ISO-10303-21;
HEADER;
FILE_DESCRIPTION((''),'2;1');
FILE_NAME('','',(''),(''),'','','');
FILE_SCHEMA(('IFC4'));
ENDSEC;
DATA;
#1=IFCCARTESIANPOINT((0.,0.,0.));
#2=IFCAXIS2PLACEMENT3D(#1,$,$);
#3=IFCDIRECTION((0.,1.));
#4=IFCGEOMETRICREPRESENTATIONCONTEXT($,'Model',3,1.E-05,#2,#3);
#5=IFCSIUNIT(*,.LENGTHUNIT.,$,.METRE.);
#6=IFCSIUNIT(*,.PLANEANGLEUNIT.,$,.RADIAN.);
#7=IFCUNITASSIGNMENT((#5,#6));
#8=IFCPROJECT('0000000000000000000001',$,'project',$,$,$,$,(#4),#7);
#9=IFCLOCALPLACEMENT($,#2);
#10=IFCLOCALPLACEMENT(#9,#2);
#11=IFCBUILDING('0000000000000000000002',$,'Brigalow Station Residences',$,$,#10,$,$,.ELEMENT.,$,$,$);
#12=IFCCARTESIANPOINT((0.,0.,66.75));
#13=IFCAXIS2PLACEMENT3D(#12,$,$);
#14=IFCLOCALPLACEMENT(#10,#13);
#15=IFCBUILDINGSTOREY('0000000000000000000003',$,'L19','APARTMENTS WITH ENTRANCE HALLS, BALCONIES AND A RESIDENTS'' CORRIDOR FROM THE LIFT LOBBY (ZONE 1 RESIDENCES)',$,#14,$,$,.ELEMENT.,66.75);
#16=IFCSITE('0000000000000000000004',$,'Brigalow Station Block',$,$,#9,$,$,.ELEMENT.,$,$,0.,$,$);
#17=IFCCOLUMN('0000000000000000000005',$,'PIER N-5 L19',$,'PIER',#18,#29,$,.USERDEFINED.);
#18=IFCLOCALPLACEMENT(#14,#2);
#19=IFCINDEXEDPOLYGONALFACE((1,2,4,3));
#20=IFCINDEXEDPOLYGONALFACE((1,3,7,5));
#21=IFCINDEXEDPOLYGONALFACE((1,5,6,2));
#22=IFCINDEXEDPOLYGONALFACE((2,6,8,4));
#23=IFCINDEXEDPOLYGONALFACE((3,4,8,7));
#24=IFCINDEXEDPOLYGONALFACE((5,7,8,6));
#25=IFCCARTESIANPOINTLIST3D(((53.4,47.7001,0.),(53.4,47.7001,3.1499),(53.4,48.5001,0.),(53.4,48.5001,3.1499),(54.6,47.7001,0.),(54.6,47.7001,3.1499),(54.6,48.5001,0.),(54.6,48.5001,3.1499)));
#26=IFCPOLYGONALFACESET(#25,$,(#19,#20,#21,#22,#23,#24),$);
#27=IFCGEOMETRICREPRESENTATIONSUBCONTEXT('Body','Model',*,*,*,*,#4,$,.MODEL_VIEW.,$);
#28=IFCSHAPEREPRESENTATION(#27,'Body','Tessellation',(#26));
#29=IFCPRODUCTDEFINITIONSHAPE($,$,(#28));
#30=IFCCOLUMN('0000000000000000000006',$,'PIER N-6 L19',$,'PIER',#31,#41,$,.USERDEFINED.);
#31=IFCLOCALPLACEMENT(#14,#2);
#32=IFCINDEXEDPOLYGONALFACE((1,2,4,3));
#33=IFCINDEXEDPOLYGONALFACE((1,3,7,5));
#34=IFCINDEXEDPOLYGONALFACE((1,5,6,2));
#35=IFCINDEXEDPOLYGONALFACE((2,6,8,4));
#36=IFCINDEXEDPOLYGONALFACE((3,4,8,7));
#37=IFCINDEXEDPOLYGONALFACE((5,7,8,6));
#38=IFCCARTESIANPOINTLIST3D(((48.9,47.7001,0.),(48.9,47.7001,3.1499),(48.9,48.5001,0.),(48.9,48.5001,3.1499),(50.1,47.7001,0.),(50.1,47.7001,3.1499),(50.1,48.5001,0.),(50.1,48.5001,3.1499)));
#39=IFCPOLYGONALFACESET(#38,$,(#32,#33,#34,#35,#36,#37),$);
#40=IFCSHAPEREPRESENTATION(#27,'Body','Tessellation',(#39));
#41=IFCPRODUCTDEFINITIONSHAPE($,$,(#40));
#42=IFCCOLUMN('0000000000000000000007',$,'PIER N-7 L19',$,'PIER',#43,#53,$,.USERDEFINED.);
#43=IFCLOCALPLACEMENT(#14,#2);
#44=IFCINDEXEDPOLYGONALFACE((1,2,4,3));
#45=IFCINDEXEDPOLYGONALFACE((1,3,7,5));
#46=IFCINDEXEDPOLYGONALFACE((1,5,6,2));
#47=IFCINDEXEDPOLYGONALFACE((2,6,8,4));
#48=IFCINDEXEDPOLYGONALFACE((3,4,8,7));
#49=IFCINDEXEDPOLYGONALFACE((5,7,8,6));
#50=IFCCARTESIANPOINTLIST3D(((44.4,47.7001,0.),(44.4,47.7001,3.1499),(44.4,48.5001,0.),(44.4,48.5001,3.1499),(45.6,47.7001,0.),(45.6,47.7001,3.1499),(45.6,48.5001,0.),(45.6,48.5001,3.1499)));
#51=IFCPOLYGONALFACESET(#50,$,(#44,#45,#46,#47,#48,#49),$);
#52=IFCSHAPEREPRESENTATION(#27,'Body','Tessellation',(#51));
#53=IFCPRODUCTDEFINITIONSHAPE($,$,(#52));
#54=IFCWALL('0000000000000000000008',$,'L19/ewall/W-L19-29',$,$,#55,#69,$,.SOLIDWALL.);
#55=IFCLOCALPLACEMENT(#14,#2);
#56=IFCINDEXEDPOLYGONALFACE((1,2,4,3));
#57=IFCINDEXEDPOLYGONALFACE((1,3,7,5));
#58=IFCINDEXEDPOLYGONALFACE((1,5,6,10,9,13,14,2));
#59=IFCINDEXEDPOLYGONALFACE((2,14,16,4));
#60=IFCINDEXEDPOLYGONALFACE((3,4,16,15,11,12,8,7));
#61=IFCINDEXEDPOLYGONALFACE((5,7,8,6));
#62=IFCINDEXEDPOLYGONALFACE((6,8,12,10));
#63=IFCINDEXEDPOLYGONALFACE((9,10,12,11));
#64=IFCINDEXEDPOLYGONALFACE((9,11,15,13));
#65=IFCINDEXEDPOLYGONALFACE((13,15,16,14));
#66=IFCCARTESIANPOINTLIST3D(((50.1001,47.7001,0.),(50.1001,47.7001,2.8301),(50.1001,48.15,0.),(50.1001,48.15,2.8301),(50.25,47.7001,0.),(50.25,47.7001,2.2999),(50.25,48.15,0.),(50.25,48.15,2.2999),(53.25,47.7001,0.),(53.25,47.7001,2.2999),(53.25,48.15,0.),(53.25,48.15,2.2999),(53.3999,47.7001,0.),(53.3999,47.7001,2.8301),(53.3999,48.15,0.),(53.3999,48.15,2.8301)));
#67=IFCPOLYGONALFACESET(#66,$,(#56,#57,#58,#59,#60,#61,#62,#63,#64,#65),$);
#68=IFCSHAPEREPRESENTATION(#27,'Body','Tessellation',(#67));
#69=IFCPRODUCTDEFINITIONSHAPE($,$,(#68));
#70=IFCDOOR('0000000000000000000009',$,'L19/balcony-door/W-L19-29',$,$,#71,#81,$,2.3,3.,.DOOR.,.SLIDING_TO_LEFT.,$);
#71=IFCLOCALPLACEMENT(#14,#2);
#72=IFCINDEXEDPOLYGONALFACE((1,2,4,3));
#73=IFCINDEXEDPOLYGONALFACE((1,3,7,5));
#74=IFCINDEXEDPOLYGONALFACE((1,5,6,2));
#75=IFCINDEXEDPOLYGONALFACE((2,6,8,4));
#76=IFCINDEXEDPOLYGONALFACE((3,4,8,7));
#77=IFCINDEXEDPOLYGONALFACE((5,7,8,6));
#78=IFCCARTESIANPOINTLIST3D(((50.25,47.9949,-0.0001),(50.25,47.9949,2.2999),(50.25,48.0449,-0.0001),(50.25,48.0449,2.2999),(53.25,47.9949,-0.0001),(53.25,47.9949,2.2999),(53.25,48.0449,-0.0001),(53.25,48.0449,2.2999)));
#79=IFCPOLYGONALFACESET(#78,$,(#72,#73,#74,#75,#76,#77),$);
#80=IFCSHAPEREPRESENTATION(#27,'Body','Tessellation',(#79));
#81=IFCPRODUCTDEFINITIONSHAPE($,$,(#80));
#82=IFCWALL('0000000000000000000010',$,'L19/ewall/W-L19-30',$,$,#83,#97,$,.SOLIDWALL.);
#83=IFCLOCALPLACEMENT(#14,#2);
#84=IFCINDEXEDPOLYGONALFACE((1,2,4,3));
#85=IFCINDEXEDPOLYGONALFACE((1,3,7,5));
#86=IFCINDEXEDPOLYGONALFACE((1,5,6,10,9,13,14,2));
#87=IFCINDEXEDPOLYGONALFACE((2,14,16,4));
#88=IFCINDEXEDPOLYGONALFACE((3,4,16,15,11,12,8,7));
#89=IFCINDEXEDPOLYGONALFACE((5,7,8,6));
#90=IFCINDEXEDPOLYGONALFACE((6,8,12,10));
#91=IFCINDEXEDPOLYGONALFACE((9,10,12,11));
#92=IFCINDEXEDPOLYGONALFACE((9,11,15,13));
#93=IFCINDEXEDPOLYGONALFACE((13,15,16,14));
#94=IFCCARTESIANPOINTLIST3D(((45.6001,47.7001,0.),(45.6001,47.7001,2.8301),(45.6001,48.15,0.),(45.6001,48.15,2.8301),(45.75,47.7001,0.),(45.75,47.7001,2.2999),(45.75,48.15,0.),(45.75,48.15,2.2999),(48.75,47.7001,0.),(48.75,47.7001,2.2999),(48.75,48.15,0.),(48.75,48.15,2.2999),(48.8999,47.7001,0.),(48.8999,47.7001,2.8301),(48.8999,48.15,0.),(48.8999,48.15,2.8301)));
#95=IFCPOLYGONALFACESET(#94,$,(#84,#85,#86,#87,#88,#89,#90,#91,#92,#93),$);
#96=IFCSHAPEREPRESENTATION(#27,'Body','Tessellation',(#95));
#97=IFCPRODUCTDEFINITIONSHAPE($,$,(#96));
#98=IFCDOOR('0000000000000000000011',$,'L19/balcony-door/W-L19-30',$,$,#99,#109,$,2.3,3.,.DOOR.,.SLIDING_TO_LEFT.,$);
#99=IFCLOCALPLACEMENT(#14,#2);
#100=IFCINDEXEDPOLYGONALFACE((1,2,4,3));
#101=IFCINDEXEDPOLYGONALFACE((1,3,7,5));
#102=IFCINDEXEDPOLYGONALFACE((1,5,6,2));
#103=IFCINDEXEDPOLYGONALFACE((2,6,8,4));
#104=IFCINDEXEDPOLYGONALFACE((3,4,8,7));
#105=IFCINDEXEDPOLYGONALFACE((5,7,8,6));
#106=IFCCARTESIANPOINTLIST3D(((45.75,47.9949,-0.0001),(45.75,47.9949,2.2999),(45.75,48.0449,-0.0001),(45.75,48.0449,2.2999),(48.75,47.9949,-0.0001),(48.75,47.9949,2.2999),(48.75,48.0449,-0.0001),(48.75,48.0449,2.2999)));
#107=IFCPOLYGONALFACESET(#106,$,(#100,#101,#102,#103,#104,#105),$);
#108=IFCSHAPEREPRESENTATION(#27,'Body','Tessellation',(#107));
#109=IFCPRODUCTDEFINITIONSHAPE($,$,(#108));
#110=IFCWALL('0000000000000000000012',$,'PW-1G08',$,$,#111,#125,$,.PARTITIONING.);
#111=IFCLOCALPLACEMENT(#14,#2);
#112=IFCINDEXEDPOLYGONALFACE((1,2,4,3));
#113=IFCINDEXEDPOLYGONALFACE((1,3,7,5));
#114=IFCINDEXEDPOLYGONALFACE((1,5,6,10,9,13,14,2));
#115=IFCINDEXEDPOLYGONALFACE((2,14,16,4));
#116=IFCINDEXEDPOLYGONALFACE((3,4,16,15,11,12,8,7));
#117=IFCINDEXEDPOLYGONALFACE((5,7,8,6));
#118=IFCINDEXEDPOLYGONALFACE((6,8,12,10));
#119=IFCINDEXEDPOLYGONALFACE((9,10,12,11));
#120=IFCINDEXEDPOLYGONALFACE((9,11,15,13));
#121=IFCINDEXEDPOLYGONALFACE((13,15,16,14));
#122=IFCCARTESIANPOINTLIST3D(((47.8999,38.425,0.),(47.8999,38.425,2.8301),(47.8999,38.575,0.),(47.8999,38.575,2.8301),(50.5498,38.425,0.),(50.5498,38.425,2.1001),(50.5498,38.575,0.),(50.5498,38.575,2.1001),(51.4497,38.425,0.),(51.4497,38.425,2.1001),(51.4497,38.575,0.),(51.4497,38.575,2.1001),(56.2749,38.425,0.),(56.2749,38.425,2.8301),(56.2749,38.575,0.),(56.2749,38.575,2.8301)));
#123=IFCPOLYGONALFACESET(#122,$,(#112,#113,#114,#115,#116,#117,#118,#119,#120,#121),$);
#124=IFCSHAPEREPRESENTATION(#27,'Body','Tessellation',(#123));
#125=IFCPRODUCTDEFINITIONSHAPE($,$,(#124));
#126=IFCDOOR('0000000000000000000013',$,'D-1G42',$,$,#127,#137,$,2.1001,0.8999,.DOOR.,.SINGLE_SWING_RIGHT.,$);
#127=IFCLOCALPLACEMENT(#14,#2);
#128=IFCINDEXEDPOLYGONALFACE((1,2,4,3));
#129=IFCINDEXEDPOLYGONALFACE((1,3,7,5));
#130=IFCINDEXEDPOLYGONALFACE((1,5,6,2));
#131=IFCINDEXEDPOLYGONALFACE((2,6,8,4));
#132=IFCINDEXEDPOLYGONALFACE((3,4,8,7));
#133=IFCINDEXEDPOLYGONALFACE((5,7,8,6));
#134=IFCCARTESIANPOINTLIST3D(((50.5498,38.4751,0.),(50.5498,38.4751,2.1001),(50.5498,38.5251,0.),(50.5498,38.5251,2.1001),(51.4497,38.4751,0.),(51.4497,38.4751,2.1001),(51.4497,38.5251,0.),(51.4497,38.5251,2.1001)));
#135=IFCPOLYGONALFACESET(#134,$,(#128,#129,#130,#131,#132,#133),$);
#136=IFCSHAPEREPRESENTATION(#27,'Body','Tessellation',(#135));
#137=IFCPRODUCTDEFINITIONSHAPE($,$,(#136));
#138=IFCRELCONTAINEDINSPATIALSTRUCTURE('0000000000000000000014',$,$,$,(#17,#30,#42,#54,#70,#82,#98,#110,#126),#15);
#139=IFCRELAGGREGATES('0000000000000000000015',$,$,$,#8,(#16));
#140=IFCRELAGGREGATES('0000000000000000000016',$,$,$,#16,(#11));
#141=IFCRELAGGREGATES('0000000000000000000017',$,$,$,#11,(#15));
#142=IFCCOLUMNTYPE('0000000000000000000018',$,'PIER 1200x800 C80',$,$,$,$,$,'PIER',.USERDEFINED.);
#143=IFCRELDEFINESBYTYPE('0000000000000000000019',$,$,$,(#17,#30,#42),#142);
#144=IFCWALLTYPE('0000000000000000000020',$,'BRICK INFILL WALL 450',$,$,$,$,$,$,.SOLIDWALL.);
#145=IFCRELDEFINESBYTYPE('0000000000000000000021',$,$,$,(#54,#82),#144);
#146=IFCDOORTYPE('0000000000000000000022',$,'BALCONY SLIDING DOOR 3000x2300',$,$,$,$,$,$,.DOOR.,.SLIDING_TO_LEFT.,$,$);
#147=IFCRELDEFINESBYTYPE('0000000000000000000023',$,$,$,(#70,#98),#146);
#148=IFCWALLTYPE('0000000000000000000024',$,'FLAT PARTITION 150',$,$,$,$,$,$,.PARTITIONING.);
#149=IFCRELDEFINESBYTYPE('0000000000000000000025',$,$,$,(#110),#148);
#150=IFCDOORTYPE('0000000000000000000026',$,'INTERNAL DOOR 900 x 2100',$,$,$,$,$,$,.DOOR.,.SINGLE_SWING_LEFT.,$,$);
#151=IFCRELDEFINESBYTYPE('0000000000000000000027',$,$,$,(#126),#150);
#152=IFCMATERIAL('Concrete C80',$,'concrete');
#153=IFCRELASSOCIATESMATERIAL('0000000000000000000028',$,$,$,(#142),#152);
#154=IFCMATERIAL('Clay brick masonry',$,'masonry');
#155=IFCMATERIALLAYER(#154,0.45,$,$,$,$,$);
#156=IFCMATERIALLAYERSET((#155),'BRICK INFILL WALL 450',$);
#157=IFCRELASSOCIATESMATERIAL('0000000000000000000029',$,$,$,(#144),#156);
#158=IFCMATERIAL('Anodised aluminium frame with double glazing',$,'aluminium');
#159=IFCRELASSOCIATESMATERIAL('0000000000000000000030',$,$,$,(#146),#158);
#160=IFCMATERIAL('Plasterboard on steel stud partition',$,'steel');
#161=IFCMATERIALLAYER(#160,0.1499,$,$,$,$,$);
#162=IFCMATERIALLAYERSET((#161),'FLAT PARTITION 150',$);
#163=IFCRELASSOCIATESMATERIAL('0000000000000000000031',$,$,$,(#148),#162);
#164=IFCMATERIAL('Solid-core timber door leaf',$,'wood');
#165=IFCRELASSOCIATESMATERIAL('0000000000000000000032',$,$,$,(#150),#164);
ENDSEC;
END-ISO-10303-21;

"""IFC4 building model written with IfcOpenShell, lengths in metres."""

from ifc_helpers import new_model, si_unit, direction, frame, frame_2d, origin, origin_2d, place, context, subcontext, project, spatial, rectangle, extrude, material, layer, layer_set, material_profile, profile_set, type_object, element, fill, save


model = new_model("IFC4")

# Units and contexts
model_context = context("Model", 3, precision=1e-05, world=origin(), true_north=direction((0.0, 1.0)))
body_context = subcontext(model_context, "Body", "Model", "MODEL_VIEW")
ifc_project = project(units=[si_unit("LENGTHUNIT", "METRE"), si_unit("PLANEANGLEUNIT", "RADIAN")], contexts=[model_context])

# Site, building, storey
site_placement = place(None, origin())
site = spatial("IfcSite", under=ifc_project, at=site_placement, Name="Brigalow Station Block", CompositionType="ELEMENT", RefElevation=0.0)
building_placement = place(site_placement, origin())
building = spatial("IfcBuilding", under=site, at=building_placement, Name="Brigalow Station Residences", CompositionType="ELEMENT")
storey_placement = place(building_placement, frame((0.0, 0.0, 66.75)))
storey = spatial("IfcBuildingStorey", under=building, at=storey_placement, Name="L19", Description="APARTMENTS WITH ENTRANCE HALLS, BALCONIES AND A RESIDENTS' CORRIDOR FROM THE LIFT LOBBY (ZONE 1 RESIDENCES)", CompositionType="ELEMENT", Elevation=66.75)

# Columns
ifc_material_1 = material(Name="Concrete C80", Category="concrete")
ifc_material_profile = material_profile(ifc_material_1, rectangle(XDim=1.2, YDim=0.8, at=origin_2d()), Name="RC1200x800")
ifc_profile_set = profile_set([ifc_material_profile], Name="Concrete C80")
column_type = type_object("IfcColumnType", Name="PIER 1200x800 C80", ElementType="PIER", PredefinedType="USERDEFINED", material=ifc_profile_set)
for number, where, z_axis, x_axis, name in (
    (1, (54.0, 48.1001, 0.0), (0.0, 0.0, 1.0), (-1.0, 0.0, 0.0), "PIER N-5 L19"),
    (2, (49.5, 48.1001, 0.0), (0.0, 0.0, 1.0), (-1.0, 0.0, 0.0), "PIER N-6 L19"),
    (3, (45.0, 48.1001, 0.0), (0.0, 0.0, 1.0), (-1.0, 0.0, 0.0), "PIER N-7 L19"),
):
    element("IfcColumn", number, at=place(storey_placement, frame(where, z_axis=z_axis, x_axis=x_axis)), inside=storey, type_object=column_type, Name=name, ObjectType="PIER", PredefinedType="USERDEFINED", context=body_context, shape_type="SweptSolid", body=[
        extrude(rectangle(XDim=1.2, YDim=0.8, at=origin_2d()), origin(), (0.0, 0.0, 1.0), 3.1499),
    ])

# Walls, openings, doors
ifc_material_2 = material(Name="Clay brick masonry", Category="masonry")
ifc_layer_1 = layer(ifc_material_2, 0.45)
ifc_layer_set_1 = layer_set([ifc_layer_1], Name="BRICK INFILL WALL 450")
wall_type_1 = type_object("IfcWallType", Name="BRICK INFILL WALL 450", PredefinedType="SOLIDWALL", material=ifc_layer_set_1)
wall_1_placement = place(storey_placement, frame((53.3999, 47.925, 0.0), z_axis=(0.0, 0.0, 1.0), x_axis=(-1.0, 0.0, 0.0)))
wall_1 = element("IfcWall", 4, at=wall_1_placement, inside=storey, type_object=wall_type_1, Name="L19/ewall/W-L19-29", PredefinedType="SOLIDWALL", context=body_context, shape_type="SweptSolid", body=[
    extrude(rectangle(XDim=3.2998, YDim=0.45, at=frame_2d((1.6499, 0.0))), origin(), (0.0, 0.0, 1.0), 2.8301),
])
opening_1_placement = place(wall_1_placement, frame((0.1499, 0.0, 0.0)))
opening_1 = element("IfcOpeningElement", 5, at=opening_1_placement, cuts=wall_1, PredefinedType="OPENING", context=body_context, shape_type="SweptSolid", body=[
    extrude(rectangle(XDim=3.0, YDim=2.3, at=frame_2d((1.5, 1.1499))), frame((0.0, 0.2349, 0.0), z_axis=(0.0, -1.0, 0.0), x_axis=(1.0, 0.0, 0.0)), (0.0, 0.0, 1.0), 0.47),
])
ifc_material_3 = material(Name="Anodised aluminium frame with double glazing", Category="aluminium")
door_type_1 = type_object("IfcDoorType", Name="BALCONY SLIDING DOOR 3000x2300", OperationType="SLIDING_TO_LEFT", PredefinedType="DOOR", material=ifc_material_3)
door_1_placement = place(opening_1_placement, origin())
door_1 = element("IfcDoor", 6, at=door_1_placement, inside=storey, type_object=door_type_1, Name="L19/balcony-door/W-L19-29", OperationType="SLIDING_TO_LEFT", OverallHeight=2.3, OverallWidth=3.0, PredefinedType="DOOR", context=body_context, shape_type="SweptSolid", body=[
    extrude(rectangle(XDim=3.0, YDim=2.3, at=frame_2d((1.5, 1.1499))), frame((0.0, -0.0698, 0.0), z_axis=(0.0, -1.0, 0.0), x_axis=(1.0, 0.0, 0.0)), (0.0, 0.0, 1.0), 0.05),
])
fill(opening_1, door_1)
wall_2_placement = place(storey_placement, frame((48.8999, 47.925, 0.0), z_axis=(0.0, 0.0, 1.0), x_axis=(-1.0, 0.0, 0.0)))
wall_2 = element("IfcWall", 7, at=wall_2_placement, inside=storey, type_object=wall_type_1, Name="L19/ewall/W-L19-30", PredefinedType="SOLIDWALL", context=body_context, shape_type="SweptSolid", body=[
    extrude(rectangle(XDim=3.2998, YDim=0.45, at=frame_2d((1.6499, 0.0))), origin(), (0.0, 0.0, 1.0), 2.8301),
])
opening_2_placement = place(wall_2_placement, frame((0.1499, 0.0, 0.0)))
opening_2 = element("IfcOpeningElement", 8, at=opening_2_placement, cuts=wall_2, PredefinedType="OPENING", context=body_context, shape_type="SweptSolid", body=[
    extrude(rectangle(XDim=3.0, YDim=2.3, at=frame_2d((1.5, 1.1499))), frame((0.0, 0.2349, 0.0), z_axis=(0.0, -1.0, 0.0), x_axis=(1.0, 0.0, 0.0)), (0.0, 0.0, 1.0), 0.47),
])
door_2_placement = place(opening_2_placement, origin())
door_2 = element("IfcDoor", 9, at=door_2_placement, inside=storey, type_object=door_type_1, Name="L19/balcony-door/W-L19-30", OperationType="SLIDING_TO_LEFT", OverallHeight=2.3, OverallWidth=3.0, PredefinedType="DOOR", context=body_context, shape_type="SweptSolid", body=[
    extrude(rectangle(XDim=3.0, YDim=2.3, at=frame_2d((1.5, 1.1499))), frame((0.0, -0.0698, 0.0), z_axis=(0.0, -1.0, 0.0), x_axis=(1.0, 0.0, 0.0)), (0.0, 0.0, 1.0), 0.05),
])
fill(opening_2, door_2)
ifc_material_4 = material(Name="Plasterboard on steel stud partition", Category="steel")
ifc_layer_2 = layer(ifc_material_4, 0.1499)
ifc_layer_set_2 = layer_set([ifc_layer_2], Name="FLAT PARTITION 150")
wall_type_2 = type_object("IfcWallType", Name="FLAT PARTITION 150", PredefinedType="PARTITIONING", material=ifc_layer_set_2)
wall_3_placement = place(storey_placement, frame((47.8999, 38.5, 0.0), z_axis=(0.0, 0.0, 1.0), x_axis=(1.0, 0.0, 0.0)))
wall_3 = element("IfcWall", 10, at=wall_3_placement, inside=storey, type_object=wall_type_2, Name="PW-1G08", PredefinedType="PARTITIONING", context=body_context, shape_type="SweptSolid", body=[
    extrude(rectangle(XDim=8.375, YDim=0.1499, at=frame_2d((4.1875, 0.0))), origin(), (0.0, 0.0, 1.0), 2.8301),
])
opening_3_placement = place(wall_3_placement, frame((2.6499, 0.0, 0.0)))
opening_3 = element("IfcOpeningElement", 11, at=opening_3_placement, cuts=wall_3, PredefinedType="OPENING", context=body_context, shape_type="SweptSolid", body=[
    extrude(rectangle(XDim=0.8999, YDim=2.1001, at=frame_2d((0.45, 1.05))), frame((0.0, 0.085, 0.0), z_axis=(0.0, -1.0, 0.0), x_axis=(1.0, 0.0, 0.0)), (0.0, 0.0, 1.0), 0.1699),
])
ifc_material_5 = material(Name="Solid-core timber door leaf", Category="wood")
door_type_2 = type_object("IfcDoorType", Name="INTERNAL DOOR 900 x 2100", OperationType="SINGLE_SWING_LEFT", PredefinedType="DOOR", material=ifc_material_5)
door_3_placement = place(opening_3_placement, frame((0.8999, 0.0, 0.0), z_axis=(0.0, 0.0, 1.0), x_axis=(-1.0, 0.0, 0.0)))
door_3 = element("IfcDoor", 12, at=door_3_placement, inside=storey, type_object=door_type_2, Name="D-1G42", OperationType="SINGLE_SWING_RIGHT", OverallHeight=2.1001, OverallWidth=0.8999, PredefinedType="DOOR", context=body_context, shape_type="SweptSolid", body=[
    extrude(rectangle(XDim=0.8999, YDim=2.1001, at=frame_2d((0.45, 1.05))), frame((0.0, 0.0249, 0.0), z_axis=(0.0, -1.0, 0.0), x_axis=(1.0, 0.0, 0.0)), (0.0, 0.0, 1.0), 0.05),
])
fill(opening_3, door_3)

save(model, "model.ifc")
